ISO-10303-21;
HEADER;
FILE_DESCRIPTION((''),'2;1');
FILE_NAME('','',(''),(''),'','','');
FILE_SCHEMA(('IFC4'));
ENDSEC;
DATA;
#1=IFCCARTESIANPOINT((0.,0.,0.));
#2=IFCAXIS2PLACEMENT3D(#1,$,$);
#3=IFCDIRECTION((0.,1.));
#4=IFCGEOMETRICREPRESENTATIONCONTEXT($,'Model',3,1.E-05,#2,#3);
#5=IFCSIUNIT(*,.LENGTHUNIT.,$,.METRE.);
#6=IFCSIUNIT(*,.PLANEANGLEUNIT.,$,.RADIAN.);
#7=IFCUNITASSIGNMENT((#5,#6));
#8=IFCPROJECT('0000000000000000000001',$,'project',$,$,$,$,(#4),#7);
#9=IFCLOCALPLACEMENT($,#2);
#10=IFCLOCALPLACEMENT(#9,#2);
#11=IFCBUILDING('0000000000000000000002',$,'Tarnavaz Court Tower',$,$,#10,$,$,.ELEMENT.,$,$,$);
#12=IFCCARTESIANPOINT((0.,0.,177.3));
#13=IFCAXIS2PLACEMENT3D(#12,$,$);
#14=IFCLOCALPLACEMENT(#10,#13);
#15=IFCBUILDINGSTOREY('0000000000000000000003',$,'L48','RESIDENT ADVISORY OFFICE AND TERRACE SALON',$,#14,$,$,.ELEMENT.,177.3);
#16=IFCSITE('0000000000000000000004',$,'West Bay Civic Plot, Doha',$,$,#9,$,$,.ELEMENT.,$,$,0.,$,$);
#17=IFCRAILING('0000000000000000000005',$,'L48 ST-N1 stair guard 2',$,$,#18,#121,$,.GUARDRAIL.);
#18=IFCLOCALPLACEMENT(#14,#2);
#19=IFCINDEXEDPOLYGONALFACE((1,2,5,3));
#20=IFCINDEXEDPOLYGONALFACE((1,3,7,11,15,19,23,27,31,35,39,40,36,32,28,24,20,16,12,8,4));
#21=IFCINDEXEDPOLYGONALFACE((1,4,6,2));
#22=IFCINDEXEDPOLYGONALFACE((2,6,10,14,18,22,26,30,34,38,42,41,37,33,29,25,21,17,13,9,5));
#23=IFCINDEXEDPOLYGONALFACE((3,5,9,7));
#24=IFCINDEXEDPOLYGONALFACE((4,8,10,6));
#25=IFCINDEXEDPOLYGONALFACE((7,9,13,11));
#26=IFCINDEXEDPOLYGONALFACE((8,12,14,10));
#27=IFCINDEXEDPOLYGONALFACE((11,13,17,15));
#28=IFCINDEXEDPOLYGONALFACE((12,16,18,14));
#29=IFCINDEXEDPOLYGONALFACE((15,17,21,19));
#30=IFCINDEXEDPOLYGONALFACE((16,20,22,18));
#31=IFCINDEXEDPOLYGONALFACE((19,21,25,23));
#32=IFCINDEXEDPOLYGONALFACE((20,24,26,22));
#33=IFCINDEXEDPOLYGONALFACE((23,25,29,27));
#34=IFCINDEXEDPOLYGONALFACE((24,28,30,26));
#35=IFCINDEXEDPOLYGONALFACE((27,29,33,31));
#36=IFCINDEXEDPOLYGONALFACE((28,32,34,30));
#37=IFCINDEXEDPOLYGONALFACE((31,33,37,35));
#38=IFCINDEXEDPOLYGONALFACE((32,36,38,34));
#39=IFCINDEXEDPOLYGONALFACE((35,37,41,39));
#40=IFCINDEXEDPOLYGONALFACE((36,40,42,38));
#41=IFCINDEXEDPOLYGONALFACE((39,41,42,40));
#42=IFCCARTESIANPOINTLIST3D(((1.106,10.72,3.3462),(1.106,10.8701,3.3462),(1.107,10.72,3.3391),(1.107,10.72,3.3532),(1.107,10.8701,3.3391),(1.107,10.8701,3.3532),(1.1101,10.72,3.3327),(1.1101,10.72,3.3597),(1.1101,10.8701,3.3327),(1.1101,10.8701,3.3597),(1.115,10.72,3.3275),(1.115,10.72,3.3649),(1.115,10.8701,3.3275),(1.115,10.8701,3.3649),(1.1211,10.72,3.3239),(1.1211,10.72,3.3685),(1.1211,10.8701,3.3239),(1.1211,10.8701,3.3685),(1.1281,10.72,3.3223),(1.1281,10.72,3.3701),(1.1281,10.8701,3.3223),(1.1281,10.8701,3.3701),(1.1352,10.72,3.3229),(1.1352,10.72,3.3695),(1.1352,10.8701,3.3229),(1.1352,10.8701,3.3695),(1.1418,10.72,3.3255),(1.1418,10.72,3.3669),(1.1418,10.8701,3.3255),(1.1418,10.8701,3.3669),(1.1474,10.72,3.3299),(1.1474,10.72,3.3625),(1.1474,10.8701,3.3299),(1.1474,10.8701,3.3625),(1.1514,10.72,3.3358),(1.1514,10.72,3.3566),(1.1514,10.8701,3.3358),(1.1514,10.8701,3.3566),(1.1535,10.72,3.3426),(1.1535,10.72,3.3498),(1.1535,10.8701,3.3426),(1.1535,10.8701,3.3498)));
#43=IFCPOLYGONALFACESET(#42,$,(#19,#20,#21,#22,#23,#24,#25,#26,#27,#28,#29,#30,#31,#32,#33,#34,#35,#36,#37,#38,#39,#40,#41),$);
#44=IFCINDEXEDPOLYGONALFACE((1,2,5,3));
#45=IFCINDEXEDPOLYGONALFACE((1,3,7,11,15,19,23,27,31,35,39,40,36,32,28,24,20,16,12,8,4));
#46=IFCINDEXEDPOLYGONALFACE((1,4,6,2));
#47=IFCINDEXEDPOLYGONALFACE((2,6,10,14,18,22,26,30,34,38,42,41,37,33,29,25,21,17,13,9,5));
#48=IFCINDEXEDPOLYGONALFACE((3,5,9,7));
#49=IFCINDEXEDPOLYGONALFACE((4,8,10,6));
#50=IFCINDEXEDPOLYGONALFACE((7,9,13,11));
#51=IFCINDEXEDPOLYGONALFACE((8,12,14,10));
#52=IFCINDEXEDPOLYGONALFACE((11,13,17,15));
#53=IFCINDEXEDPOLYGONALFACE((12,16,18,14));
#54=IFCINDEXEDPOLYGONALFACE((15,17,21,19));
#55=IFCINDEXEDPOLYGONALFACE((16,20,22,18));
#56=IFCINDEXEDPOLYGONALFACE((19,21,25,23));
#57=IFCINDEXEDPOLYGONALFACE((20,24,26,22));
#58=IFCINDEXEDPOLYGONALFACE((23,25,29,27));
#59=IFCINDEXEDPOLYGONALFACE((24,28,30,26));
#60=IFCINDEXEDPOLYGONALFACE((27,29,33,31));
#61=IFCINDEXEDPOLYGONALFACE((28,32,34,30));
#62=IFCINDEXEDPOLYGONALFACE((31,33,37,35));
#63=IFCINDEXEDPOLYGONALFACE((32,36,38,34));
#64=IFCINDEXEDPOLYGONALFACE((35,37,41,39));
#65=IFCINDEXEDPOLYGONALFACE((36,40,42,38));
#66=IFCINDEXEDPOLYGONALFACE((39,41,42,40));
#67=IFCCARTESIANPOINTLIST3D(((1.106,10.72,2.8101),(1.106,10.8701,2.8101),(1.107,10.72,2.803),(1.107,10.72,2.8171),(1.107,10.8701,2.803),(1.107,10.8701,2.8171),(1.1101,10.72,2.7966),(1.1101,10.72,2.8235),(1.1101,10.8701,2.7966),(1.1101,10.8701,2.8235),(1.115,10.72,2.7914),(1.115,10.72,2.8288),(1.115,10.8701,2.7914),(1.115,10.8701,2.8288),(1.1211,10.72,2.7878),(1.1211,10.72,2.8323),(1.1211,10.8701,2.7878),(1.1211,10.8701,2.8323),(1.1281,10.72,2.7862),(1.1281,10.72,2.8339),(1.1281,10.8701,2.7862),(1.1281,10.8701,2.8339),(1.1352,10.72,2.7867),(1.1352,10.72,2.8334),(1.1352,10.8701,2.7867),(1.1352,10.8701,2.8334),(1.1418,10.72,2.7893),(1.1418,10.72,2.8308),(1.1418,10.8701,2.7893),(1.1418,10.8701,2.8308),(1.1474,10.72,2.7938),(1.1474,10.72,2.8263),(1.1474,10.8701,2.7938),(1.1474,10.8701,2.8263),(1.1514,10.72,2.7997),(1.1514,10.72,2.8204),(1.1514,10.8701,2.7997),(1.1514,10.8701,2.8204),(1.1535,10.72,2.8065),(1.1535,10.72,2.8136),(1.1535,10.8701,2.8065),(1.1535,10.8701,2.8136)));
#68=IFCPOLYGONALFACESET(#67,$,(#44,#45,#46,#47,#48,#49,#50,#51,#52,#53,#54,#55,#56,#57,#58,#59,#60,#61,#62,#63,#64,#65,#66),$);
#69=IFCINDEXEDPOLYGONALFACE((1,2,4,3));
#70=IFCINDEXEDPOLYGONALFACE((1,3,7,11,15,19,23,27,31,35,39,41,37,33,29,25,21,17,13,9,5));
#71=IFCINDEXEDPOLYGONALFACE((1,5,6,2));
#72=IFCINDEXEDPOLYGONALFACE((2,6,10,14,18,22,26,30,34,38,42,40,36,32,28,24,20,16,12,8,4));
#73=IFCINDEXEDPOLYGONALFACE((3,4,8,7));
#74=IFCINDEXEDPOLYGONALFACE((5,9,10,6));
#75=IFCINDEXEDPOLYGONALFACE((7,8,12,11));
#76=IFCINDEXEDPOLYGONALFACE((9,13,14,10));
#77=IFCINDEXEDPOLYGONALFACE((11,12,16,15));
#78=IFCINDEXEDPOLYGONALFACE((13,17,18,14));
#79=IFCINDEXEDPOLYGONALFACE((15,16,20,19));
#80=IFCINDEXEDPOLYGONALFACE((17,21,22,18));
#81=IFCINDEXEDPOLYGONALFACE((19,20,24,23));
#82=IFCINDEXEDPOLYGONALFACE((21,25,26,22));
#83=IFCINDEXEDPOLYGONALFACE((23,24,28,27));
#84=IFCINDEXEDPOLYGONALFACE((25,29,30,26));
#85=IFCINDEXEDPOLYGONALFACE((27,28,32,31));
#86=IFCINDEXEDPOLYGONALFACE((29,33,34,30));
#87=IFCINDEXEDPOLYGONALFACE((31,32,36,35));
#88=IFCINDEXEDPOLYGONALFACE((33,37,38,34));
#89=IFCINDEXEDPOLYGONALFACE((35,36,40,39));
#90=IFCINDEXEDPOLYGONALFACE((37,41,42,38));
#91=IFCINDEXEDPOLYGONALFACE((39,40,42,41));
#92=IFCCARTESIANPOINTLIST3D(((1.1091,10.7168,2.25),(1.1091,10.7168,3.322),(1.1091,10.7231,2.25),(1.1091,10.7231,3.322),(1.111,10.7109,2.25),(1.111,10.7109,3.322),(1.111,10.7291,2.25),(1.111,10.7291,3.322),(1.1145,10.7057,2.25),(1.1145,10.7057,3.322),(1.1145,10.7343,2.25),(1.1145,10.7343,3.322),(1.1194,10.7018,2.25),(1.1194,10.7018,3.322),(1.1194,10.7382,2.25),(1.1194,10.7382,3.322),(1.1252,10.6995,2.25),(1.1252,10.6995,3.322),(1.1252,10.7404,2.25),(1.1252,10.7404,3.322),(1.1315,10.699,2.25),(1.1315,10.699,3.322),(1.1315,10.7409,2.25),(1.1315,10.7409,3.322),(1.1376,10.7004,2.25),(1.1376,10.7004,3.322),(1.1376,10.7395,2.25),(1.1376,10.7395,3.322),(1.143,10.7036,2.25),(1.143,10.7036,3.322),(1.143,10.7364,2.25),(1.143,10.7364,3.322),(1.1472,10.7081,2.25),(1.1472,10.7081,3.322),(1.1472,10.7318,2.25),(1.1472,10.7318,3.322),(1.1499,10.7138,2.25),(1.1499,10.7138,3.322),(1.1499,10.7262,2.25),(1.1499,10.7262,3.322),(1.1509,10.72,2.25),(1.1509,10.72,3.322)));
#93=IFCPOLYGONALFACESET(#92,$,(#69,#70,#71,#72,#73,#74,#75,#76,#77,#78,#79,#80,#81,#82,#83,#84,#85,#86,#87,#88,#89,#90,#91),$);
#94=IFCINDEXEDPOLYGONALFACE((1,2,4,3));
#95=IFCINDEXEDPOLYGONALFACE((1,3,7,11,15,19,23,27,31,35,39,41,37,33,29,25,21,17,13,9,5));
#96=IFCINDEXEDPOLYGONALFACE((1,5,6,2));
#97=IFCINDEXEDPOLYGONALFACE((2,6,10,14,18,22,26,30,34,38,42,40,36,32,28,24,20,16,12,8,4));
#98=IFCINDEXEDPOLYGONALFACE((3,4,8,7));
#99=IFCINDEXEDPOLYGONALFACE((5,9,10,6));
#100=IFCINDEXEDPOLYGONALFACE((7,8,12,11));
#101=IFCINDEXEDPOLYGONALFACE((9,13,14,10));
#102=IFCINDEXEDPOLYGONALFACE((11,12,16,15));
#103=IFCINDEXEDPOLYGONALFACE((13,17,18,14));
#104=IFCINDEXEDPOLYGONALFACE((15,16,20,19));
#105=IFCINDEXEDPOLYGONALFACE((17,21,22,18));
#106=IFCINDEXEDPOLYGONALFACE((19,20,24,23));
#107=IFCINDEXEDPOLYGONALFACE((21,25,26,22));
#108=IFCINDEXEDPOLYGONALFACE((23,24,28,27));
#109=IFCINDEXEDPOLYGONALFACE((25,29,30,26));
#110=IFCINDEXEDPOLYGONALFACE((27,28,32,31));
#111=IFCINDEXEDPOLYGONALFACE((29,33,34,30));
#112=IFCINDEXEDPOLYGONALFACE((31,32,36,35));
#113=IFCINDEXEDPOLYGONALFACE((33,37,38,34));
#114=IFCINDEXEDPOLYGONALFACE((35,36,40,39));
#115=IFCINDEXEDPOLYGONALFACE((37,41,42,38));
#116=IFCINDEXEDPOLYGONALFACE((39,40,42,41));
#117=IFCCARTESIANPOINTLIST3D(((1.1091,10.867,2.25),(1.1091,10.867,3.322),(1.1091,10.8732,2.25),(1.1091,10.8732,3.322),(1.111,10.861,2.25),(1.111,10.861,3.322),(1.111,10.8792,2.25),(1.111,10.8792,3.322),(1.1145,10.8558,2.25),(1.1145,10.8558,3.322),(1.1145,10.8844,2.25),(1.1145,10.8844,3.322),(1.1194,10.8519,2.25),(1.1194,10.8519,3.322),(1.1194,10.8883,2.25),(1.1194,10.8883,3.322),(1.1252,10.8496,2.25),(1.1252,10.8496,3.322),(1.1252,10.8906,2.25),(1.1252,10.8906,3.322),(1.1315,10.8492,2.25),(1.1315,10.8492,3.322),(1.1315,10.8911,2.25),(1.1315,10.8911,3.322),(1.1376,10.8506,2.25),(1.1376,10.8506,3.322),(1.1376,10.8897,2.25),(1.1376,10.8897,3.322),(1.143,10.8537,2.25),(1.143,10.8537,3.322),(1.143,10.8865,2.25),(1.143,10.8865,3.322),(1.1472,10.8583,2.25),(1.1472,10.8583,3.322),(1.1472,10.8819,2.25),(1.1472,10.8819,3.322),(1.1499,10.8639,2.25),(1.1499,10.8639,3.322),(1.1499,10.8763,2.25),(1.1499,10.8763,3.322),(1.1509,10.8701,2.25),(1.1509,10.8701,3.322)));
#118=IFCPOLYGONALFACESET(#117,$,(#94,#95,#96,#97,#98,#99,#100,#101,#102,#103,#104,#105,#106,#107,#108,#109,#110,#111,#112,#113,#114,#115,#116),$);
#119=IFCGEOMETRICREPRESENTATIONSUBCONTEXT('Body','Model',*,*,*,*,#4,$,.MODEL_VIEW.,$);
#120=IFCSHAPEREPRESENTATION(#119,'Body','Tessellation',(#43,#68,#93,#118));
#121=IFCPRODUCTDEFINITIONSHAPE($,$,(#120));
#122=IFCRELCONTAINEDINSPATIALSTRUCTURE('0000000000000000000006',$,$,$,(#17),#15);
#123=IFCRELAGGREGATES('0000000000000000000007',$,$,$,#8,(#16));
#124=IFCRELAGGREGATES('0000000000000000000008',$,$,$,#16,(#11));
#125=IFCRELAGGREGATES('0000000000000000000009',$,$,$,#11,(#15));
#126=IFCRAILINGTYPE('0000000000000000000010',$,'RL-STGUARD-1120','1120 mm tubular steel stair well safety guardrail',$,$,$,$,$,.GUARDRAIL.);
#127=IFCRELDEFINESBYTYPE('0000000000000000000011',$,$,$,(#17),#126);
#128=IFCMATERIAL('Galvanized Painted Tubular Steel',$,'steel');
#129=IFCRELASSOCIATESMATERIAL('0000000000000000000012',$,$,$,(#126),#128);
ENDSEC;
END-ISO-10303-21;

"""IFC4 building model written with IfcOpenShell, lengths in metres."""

from ifc_helpers import new_model, si_unit, direction, frame, origin, origin_2d, place, context, subcontext, project, spatial, circle, extrude, material, type_object, element, save


model = new_model("IFC4")

# Units and contexts
model_context = context("Model", 3, precision=1e-05, world=origin(), true_north=direction((0.0, 1.0)))
body_context = subcontext(model_context, "Body", "Model", "MODEL_VIEW")
ifc_project = project(units=[si_unit("LENGTHUNIT", "METRE"), si_unit("PLANEANGLEUNIT", "RADIAN")], contexts=[model_context])

# Site, building, storey
site_placement = place(None, origin())
site = spatial("IfcSite", under=ifc_project, at=site_placement, Name="West Bay Civic Plot, Doha", CompositionType="ELEMENT", RefElevation=0.0)
building_placement = place(site_placement, origin())
building = spatial("IfcBuilding", under=site, at=building_placement, Name="Tarnavaz Court Tower", CompositionType="ELEMENT")
storey_placement = place(building_placement, frame((0.0, 0.0, 177.3)))
storey = spatial("IfcBuildingStorey", under=building, at=storey_placement, Name="L48", Description="RESIDENT ADVISORY OFFICE AND TERRACE SALON", CompositionType="ELEMENT", Elevation=177.3)

# Railing
ifc_material_1 = material(Name="Galvanized Painted Tubular Steel", Category="steel")
railing_type_1 = type_object("IfcRailingType", Name="RL-STGUARD-1120", Description="1120 mm tubular steel stair well safety guardrail", PredefinedType="GUARDRAIL", material=ifc_material_1)
railing_1_placement = place(storey_placement, frame((1.1299, 10.72, 2.25)))
element("IfcRailing", 1, at=railing_1_placement, inside=storey, type_object=railing_type_1, Name="L48 ST-N1 stair guard 2", PredefinedType="GUARDRAIL", context=body_context, shape_type="SweptSolid", body=[
    extrude(circle(Radius=0.0239, at=origin_2d()), frame((0.0, 0.0, 1.0962), z_axis=(0.0, 1.0, 0.0), x_axis=(-1.0, 0.0, 0.0)), (0.0, 0.0, 1.0), 0.1501),
    extrude(circle(Radius=0.0239, at=origin_2d()), frame((0.0, 0.0, 0.5601), z_axis=(0.0, 1.0, 0.0), x_axis=(-1.0, 0.0, 0.0)), (0.0, 0.0, 1.0), 0.1501),
    extrude(circle(Radius=0.021, at=origin_2d()), origin(), (0.0, 0.0, 1.0), 1.072),
    extrude(circle(Radius=0.021, at=origin_2d()), frame((0.0, 0.1501, 0.0)), (0.0, 0.0, 1.0), 1.072),
])

save(model, "model.ifc")
